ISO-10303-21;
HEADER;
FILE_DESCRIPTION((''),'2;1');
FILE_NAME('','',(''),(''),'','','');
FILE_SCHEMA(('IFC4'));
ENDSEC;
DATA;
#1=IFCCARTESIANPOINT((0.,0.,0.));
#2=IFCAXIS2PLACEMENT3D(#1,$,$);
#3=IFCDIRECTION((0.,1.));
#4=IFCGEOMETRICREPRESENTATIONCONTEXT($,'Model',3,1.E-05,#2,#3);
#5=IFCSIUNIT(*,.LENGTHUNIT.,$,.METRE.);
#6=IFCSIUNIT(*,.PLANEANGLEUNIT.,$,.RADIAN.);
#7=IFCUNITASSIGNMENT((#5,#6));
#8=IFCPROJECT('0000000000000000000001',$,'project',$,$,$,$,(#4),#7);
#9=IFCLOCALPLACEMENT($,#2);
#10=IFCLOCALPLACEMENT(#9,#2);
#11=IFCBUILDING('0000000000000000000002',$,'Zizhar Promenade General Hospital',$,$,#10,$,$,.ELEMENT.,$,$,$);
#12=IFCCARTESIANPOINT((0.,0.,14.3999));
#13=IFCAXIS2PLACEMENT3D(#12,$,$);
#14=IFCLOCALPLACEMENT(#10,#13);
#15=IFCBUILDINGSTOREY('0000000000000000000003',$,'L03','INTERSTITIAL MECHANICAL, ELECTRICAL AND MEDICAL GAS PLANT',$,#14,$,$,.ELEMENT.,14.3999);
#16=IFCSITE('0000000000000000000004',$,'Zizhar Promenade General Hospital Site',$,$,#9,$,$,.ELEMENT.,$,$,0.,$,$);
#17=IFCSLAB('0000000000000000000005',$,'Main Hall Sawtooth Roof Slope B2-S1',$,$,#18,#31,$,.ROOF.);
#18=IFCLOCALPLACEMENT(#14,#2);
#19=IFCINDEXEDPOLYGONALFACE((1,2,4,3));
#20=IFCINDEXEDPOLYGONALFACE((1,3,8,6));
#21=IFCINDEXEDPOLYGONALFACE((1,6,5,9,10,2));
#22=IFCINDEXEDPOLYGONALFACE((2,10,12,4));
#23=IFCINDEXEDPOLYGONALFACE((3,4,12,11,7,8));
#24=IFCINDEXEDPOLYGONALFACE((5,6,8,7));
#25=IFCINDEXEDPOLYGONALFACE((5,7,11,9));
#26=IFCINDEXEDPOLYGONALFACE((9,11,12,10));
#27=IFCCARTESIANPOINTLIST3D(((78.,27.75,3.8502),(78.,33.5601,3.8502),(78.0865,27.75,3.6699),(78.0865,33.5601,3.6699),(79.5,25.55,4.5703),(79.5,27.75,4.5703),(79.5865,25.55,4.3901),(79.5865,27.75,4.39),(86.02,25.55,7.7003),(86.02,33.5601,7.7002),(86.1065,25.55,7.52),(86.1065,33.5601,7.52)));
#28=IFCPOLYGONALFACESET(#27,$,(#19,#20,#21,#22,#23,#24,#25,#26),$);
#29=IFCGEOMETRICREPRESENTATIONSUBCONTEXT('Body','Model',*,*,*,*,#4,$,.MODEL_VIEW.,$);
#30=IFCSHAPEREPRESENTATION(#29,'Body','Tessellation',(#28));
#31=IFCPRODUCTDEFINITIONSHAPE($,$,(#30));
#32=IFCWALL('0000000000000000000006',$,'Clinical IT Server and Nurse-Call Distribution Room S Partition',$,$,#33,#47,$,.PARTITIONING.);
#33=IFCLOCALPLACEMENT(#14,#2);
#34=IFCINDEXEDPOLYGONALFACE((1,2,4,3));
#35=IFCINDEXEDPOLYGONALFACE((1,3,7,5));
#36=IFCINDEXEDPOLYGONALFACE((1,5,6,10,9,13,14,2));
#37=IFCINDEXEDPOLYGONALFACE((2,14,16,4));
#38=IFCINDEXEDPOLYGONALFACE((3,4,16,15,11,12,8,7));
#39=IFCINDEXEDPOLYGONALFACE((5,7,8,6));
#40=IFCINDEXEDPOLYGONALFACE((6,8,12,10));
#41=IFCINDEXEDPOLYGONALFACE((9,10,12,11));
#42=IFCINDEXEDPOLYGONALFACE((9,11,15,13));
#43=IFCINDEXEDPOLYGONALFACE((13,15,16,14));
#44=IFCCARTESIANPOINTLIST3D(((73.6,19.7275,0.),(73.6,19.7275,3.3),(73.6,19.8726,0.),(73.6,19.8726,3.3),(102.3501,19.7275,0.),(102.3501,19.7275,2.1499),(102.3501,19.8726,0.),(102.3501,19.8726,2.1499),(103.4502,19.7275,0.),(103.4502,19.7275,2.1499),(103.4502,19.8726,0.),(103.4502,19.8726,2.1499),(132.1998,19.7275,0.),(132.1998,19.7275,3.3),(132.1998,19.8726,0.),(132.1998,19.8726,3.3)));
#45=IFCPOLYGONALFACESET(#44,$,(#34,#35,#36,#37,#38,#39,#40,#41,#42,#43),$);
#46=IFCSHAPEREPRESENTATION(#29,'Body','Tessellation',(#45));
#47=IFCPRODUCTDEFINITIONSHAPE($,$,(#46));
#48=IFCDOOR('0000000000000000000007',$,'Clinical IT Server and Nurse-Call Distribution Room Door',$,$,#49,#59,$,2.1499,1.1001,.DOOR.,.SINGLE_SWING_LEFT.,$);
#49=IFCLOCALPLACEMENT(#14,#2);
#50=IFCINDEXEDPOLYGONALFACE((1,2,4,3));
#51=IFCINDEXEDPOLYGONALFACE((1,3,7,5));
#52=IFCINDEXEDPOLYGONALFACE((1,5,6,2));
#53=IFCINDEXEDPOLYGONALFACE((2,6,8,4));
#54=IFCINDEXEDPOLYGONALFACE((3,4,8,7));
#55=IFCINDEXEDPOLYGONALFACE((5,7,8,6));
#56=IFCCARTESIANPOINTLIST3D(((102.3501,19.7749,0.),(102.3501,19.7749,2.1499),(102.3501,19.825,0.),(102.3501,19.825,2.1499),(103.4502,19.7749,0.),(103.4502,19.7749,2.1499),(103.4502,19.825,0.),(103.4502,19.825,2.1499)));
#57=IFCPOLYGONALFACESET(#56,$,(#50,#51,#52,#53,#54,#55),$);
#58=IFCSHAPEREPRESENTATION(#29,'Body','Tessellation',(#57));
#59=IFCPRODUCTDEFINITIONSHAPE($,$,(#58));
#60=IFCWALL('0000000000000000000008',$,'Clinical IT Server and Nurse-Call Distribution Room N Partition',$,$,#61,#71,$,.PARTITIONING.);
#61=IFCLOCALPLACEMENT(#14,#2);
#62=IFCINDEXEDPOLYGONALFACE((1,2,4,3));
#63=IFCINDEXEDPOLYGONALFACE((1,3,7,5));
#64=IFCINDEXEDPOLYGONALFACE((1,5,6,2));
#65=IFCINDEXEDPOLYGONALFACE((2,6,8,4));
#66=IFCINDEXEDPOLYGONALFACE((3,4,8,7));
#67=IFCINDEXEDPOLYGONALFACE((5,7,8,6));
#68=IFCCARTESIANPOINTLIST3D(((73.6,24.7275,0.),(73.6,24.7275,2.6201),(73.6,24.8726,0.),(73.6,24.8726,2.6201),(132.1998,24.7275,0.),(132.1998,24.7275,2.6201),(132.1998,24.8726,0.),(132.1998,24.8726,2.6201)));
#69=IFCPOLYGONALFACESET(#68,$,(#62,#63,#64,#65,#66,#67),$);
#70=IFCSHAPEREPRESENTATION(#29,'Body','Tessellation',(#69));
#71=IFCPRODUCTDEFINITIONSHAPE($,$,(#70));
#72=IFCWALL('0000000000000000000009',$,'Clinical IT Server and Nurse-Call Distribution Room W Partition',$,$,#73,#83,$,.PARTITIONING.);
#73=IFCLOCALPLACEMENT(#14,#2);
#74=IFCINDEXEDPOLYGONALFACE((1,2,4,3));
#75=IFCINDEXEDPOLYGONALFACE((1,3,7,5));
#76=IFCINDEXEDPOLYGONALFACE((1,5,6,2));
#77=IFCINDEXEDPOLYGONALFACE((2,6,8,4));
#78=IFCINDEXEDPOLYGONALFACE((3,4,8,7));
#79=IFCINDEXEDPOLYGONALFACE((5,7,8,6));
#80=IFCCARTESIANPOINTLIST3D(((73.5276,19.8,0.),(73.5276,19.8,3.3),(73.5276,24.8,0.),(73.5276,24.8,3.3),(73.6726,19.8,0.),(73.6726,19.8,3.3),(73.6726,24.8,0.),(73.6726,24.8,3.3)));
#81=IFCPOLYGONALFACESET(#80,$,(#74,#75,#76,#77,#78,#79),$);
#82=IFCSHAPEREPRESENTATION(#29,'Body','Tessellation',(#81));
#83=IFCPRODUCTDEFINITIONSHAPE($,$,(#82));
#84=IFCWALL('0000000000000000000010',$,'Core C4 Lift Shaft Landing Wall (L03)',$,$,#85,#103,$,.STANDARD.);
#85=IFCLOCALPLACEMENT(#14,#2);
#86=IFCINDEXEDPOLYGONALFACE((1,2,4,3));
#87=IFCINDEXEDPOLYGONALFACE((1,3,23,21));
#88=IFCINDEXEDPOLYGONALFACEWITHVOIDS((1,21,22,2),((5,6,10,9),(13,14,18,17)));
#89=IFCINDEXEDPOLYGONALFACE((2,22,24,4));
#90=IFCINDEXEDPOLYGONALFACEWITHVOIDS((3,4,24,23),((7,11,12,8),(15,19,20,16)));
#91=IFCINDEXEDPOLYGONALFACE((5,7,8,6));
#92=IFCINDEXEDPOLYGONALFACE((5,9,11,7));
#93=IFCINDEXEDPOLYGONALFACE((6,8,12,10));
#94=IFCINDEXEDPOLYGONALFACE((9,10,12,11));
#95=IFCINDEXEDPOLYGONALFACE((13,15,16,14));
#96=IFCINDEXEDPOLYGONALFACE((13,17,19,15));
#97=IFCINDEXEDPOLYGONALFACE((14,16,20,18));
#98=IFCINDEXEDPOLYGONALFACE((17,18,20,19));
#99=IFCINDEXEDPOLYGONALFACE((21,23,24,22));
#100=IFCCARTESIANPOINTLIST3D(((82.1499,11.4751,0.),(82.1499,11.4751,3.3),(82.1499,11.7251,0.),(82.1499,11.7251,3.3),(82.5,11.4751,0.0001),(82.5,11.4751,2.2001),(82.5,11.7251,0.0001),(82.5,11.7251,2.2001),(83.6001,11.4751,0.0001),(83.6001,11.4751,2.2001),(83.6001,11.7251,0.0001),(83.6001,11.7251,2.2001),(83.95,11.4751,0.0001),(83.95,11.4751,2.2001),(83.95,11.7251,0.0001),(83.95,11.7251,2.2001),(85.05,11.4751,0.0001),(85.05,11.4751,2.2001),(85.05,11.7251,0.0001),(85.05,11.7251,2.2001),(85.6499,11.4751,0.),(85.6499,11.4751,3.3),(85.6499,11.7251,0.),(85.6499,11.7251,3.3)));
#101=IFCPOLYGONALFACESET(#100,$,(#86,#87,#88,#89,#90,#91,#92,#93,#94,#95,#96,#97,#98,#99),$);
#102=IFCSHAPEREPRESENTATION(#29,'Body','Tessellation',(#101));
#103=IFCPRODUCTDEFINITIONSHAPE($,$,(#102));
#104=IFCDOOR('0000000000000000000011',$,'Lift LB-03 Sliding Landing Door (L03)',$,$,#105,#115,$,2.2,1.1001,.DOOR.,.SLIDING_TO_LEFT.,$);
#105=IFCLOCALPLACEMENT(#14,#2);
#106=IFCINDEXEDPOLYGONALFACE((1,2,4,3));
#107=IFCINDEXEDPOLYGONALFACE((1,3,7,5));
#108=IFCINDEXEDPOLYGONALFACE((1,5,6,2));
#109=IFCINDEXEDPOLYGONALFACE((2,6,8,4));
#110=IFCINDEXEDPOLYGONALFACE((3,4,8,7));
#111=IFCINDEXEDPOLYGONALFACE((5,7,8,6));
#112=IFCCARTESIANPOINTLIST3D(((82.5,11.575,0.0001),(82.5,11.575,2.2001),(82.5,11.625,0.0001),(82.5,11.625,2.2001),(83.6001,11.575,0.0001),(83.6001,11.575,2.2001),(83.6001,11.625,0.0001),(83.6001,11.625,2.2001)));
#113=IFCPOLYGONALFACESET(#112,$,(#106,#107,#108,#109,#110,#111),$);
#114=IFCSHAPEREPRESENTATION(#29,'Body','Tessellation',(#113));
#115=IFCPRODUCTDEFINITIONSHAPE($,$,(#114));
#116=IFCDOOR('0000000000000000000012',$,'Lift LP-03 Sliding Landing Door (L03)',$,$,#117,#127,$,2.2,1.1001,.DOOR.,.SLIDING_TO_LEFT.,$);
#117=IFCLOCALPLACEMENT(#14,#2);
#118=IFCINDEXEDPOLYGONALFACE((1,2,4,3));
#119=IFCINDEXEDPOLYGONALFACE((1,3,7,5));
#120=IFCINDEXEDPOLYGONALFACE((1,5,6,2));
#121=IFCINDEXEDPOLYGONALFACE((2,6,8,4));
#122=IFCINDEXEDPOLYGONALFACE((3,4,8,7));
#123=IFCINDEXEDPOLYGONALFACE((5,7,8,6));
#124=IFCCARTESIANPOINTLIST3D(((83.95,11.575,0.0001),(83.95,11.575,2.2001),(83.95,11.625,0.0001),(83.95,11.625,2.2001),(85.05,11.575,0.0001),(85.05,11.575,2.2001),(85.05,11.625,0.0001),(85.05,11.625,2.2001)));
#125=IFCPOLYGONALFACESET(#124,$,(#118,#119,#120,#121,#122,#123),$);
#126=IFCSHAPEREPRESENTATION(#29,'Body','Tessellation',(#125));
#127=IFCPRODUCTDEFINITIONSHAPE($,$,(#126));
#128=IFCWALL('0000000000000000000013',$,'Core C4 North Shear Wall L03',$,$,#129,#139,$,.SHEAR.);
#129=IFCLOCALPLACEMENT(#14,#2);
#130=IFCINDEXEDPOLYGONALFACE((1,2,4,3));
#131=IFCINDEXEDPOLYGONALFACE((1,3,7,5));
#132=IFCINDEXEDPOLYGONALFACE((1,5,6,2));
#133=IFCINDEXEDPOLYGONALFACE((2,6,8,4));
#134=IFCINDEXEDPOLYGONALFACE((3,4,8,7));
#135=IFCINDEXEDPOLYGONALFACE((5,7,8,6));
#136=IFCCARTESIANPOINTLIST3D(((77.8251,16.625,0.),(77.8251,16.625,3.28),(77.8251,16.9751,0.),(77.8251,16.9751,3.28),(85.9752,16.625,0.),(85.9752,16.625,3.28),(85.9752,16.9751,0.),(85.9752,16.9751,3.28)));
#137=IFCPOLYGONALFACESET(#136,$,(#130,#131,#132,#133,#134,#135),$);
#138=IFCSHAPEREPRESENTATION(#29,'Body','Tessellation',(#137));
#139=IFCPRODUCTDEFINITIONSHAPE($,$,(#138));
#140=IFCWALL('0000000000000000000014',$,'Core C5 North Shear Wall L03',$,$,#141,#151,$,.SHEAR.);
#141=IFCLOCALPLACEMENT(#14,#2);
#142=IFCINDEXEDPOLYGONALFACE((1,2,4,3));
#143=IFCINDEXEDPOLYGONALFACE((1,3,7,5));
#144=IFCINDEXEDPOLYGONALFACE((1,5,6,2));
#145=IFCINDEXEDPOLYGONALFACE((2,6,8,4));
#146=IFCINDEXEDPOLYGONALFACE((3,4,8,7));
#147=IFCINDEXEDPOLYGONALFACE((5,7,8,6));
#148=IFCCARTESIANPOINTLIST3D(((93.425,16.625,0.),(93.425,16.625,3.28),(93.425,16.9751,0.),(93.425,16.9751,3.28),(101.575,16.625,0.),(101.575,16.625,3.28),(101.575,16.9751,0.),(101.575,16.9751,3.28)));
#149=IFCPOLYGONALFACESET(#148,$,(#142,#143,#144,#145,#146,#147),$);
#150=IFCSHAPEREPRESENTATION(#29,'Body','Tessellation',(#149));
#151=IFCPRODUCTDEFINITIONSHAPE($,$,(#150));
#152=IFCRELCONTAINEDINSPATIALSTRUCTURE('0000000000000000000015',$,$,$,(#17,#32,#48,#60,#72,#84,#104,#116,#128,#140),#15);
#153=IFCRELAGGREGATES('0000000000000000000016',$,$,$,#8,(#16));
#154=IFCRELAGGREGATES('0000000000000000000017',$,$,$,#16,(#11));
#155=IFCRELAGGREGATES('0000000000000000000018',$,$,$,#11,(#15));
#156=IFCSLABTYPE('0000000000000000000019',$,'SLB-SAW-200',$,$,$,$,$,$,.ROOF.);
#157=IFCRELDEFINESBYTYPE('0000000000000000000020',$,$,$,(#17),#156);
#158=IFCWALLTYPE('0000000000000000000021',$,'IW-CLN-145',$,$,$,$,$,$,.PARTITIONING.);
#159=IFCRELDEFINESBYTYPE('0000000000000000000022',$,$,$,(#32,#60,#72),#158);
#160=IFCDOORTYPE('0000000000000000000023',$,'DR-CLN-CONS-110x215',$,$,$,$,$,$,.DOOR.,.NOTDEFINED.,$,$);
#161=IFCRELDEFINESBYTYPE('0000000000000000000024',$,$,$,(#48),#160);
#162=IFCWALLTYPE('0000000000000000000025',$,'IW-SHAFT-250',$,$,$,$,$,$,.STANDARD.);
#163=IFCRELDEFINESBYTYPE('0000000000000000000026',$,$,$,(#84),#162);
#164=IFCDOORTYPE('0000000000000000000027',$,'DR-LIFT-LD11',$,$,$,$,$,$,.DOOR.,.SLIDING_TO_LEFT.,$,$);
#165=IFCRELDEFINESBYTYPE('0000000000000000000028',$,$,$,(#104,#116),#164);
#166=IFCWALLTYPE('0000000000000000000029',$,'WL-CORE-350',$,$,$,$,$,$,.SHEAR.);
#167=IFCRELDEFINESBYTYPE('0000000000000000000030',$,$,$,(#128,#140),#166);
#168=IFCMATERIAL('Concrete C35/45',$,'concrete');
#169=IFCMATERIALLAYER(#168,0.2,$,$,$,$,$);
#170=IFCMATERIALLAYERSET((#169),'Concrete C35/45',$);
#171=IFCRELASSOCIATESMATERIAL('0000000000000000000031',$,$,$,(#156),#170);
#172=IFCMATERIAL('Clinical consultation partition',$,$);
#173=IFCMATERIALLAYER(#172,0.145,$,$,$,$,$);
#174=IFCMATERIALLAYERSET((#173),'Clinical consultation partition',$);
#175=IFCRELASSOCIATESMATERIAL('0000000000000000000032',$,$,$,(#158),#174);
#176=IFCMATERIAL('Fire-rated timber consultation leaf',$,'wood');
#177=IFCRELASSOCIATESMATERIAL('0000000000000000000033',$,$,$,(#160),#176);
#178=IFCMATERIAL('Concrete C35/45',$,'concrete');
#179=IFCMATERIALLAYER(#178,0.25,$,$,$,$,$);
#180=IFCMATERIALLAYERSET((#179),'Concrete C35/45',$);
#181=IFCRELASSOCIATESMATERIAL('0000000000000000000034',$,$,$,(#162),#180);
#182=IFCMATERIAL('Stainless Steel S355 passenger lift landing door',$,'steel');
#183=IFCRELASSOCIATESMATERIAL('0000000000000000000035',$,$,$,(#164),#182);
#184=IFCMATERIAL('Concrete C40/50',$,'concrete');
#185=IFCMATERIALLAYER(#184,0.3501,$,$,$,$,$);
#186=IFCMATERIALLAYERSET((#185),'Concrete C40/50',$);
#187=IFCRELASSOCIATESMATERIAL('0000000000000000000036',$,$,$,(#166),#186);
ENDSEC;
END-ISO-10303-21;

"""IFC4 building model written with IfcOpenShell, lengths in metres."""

from ifc_helpers import new_model, si_unit, direction, frame, frame_2d, origin, place, context, subcontext, project, spatial, polyline, rectangle, outline, extrude, material, layer, layer_set, type_object, element, fill, save


model = new_model("IFC4")

# Units and contexts
model_context = context("Model", 3, precision=1e-05, world=origin(), true_north=direction((0.0, 1.0)))
body_context = subcontext(model_context, "Body", "Model", "MODEL_VIEW")
ifc_project = project(units=[si_unit("LENGTHUNIT", "METRE"), si_unit("PLANEANGLEUNIT", "RADIAN")], contexts=[model_context])

# Site, building, storey
site_placement = place(None, origin())
site = spatial("IfcSite", under=ifc_project, at=site_placement, Name="Zizhar Promenade General Hospital Site", CompositionType="ELEMENT", RefElevation=0.0)
building_placement = place(site_placement, origin())
building = spatial("IfcBuilding", under=site, at=building_placement, Name="Zizhar Promenade General Hospital", CompositionType="ELEMENT")
storey_placement = place(building_placement, frame((0.0, 0.0, 14.3999)))
storey = spatial("IfcBuildingStorey", under=building, at=storey_placement, Name="L03", Description="INTERSTITIAL MECHANICAL, ELECTRICAL AND MEDICAL GAS PLANT", CompositionType="ELEMENT", Elevation=14.3999)

# Slab
ifc_material_1 = material(Name="Concrete C35/45", Category="concrete")
ifc_layer_1 = layer(ifc_material_1, 0.2)
ifc_layer_set_1 = layer_set([ifc_layer_1], Name="Concrete C35/45")
slab_type = type_object("IfcSlabType", Name="SLB-SAW-200", PredefinedType="ROOF", material=ifc_layer_set_1)
slab_placement = place(storey_placement, frame((79.5, 25.55, 4.5703), z_axis=(-0.432772, 0.000007, 0.901503), x_axis=(0.901503, 0.0, 0.432772)))
element("IfcSlab", 1, at=slab_placement, inside=storey, type_object=slab_type, Name="Main Hall Sawtooth Roof Slope B2-S1", PredefinedType="ROOF", context=body_context, shape_type="SweptSolid", body=[
    extrude(outline(polyline([(0.0, 0.0), (7.2323, 0.0), (7.2323, 8.01), (-1.6639, 8.01), (-1.6639, 2.2), (0.0, 2.2), (0.0, 0.0)])), origin(), (0.0, 0.0, -1.0), 0.2),
])

# Wall, opening, door
ifc_material_2 = material(Name="Clinical consultation partition")
ifc_layer_2 = layer(ifc_material_2, 0.145)
ifc_layer_set_2 = layer_set([ifc_layer_2], Name="Clinical consultation partition")
wall_type_1 = type_object("IfcWallType", Name="IW-CLN-145", PredefinedType="PARTITIONING", material=ifc_layer_set_2)
wall_1_placement = place(storey_placement, frame((73.6001, 19.8, 0.0), z_axis=(0.0, 0.0, 1.0), x_axis=(1.0, 0.0, 0.0)))
wall_1 = element("IfcWall", 2, at=wall_1_placement, inside=storey, type_object=wall_type_1, Name="Clinical IT Server and Nurse-Call Distribution Room S Partition", PredefinedType="PARTITIONING", context=body_context, shape_type="SweptSolid", body=[
    extrude(rectangle(XDim=58.5999, YDim=0.145, at=frame_2d((29.2998, 0.0))), origin(), (0.0, 0.0, 1.0), 3.3),
])
opening_1_placement = place(wall_1_placement, frame((28.75, 0.0, 0.0)))
opening_1 = element("IfcOpeningElement", 3, at=opening_1_placement, cuts=wall_1, PredefinedType="OPENING", context=body_context, shape_type="SweptSolid", body=[
    extrude(rectangle(XDim=1.1001, YDim=2.1499, at=frame_2d((0.55, 1.075))), frame((0.0, 0.0825, 0.0), z_axis=(0.0, -1.0, 0.0), x_axis=(1.0, 0.0, 0.0)), (0.0, 0.0, 1.0), 0.165),
])
ifc_material_3 = material(Name="Fire-rated timber consultation leaf", Category="wood")
door_type_1 = type_object("IfcDoorType", Name="DR-CLN-CONS-110x215", OperationType="NOTDEFINED", PredefinedType="DOOR", material=ifc_material_3)
door_1_placement = place(opening_1_placement, origin())
door_1 = element("IfcDoor", 4, at=door_1_placement, inside=storey, type_object=door_type_1, Name="Clinical IT Server and Nurse-Call Distribution Room Door", OperationType="SINGLE_SWING_LEFT", OverallHeight=2.1499, OverallWidth=1.1001, PredefinedType="DOOR", context=body_context, shape_type="SweptSolid", body=[
    extrude(rectangle(XDim=1.1001, YDim=2.1499, at=frame_2d((0.55, 1.075))), frame((0.0, 0.0249, 0.0), z_axis=(0.0, -1.0, 0.0), x_axis=(1.0, 0.0, 0.0)), (0.0, 0.0, 1.0), 0.05),
])
fill(opening_1, door_1)

# Walls
wall_2_placement = place(storey_placement, frame((73.6001, 24.8, 0.0), z_axis=(0.0, 0.0, 1.0), x_axis=(1.0, 0.0, 0.0)))
element("IfcWall", 5, at=wall_2_placement, inside=storey, type_object=wall_type_1, Name="Clinical IT Server and Nurse-Call Distribution Room N Partition", PredefinedType="PARTITIONING", context=body_context, shape_type="SweptSolid", body=[
    extrude(rectangle(XDim=58.5999, YDim=0.145, at=frame_2d((29.2998, 0.0))), origin(), (0.0, 0.0, 1.0), 2.6201),
])
wall_3_placement = place(storey_placement, frame((73.6001, 19.8, 0.0), z_axis=(0.0, 0.0, 1.0), x_axis=(0.0, 1.0, 0.0)))
element("IfcWall", 6, at=wall_3_placement, inside=storey, type_object=wall_type_1, Name="Clinical IT Server and Nurse-Call Distribution Room W Partition", PredefinedType="PARTITIONING", context=body_context, shape_type="SweptSolid", body=[
    extrude(rectangle(XDim=5.0, YDim=0.145, at=frame_2d((2.5, 0.0))), origin(), (0.0, 0.0, 1.0), 3.3),
])

# Wall, openings, doors
ifc_material_4 = material(Name="Concrete C35/45", Category="concrete")
ifc_layer_3 = layer(ifc_material_4, 0.25)
ifc_layer_set_3 = layer_set([ifc_layer_3], Name="Concrete C35/45")
wall_type_2 = type_object("IfcWallType", Name="IW-SHAFT-250", PredefinedType="STANDARD", material=ifc_layer_set_3)
wall_4_placement = place(storey_placement, frame((82.1499, 11.6001, 0.0), z_axis=(0.0, 0.0, 1.0), x_axis=(1.0, 0.0, 0.0)))
wall_4 = element("IfcWall", 7, at=wall_4_placement, inside=storey, type_object=wall_type_2, Name="Core C4 Lift Shaft Landing Wall (L03)", PredefinedType="STANDARD", context=body_context, shape_type="SweptSolid", body=[
    extrude(rectangle(XDim=3.5, YDim=0.25, at=frame_2d((1.75, 0.0))), origin(), (0.0, 0.0, 1.0), 3.3),
])
opening_2_placement = place(wall_4_placement, frame((0.3501, 0.0, 0.0)))
opening_2 = element("IfcOpeningElement", 8, at=opening_2_placement, cuts=wall_4, PredefinedType="OPENING", context=body_context, shape_type="SweptSolid", body=[
    extrude(rectangle(XDim=1.1001, YDim=2.2, at=frame_2d((0.55, 1.1001))), frame((0.0, 0.135, 0.0), z_axis=(0.0, -1.0, 0.0), x_axis=(1.0, 0.0, 0.0)), (0.0, 0.0, 1.0), 0.27),
])
opening_3_placement = place(wall_4_placement, frame((1.8, 0.0, 0.0)))
opening_3 = element("IfcOpeningElement", 9, at=opening_3_placement, cuts=wall_4, PredefinedType="OPENING", context=body_context, shape_type="SweptSolid", body=[
    extrude(rectangle(XDim=1.1001, YDim=2.2, at=frame_2d((0.55, 1.1001))), frame((0.0, 0.135, 0.0), z_axis=(0.0, -1.0, 0.0), x_axis=(1.0, 0.0, 0.0)), (0.0, 0.0, 1.0), 0.27),
])
ifc_material_5 = material(Name="Stainless Steel S355 passenger lift landing door", Category="steel")
door_type_2 = type_object("IfcDoorType", Name="DR-LIFT-LD11", OperationType="SLIDING_TO_LEFT", PredefinedType="DOOR", material=ifc_material_5)
door_2_placement = place(opening_2_placement, origin())
door_2 = element("IfcDoor", 10, at=door_2_placement, inside=storey, type_object=door_type_2, Name="Lift LB-03 Sliding Landing Door (L03)", OperationType="SLIDING_TO_LEFT", OverallHeight=2.2, OverallWidth=1.1001, PredefinedType="DOOR", context=body_context, shape_type="SweptSolid", body=[
    extrude(rectangle(XDim=1.1001, YDim=2.2, at=frame_2d((0.55, 1.1001))), frame((0.0, 0.0249, 0.0), z_axis=(0.0, -1.0, 0.0), x_axis=(1.0, 0.0, 0.0)), (0.0, 0.0, 1.0), 0.05),
])
fill(opening_2, door_2)
door_3_placement = place(opening_3_placement, origin())
door_3 = element("IfcDoor", 11, at=door_3_placement, inside=storey, type_object=door_type_2, Name="Lift LP-03 Sliding Landing Door (L03)", OperationType="SLIDING_TO_LEFT", OverallHeight=2.2, OverallWidth=1.1001, PredefinedType="DOOR", context=body_context, shape_type="SweptSolid", body=[
    extrude(rectangle(XDim=1.1001, YDim=2.2, at=frame_2d((0.55, 1.1001))), frame((0.0, 0.0249, 0.0), z_axis=(0.0, -1.0, 0.0), x_axis=(1.0, 0.0, 0.0)), (0.0, 0.0, 1.0), 0.05),
])
fill(opening_3, door_3)

# Walls
ifc_material_6 = material(Name="Concrete C40/50", Category="concrete")
ifc_layer_4 = layer(ifc_material_6, 0.3501)
ifc_layer_set_4 = layer_set([ifc_layer_4], Name="Concrete C40/50")
wall_type_3 = type_object("IfcWallType", Name="WL-CORE-350", PredefinedType="SHEAR", material=ifc_layer_set_4)
wall_5_placement = place(storey_placement, frame((77.825, 16.8, 0.0), z_axis=(0.0, 0.0, 1.0), x_axis=(1.0, 0.0, 0.0)))
element("IfcWall", 12, at=wall_5_placement, inside=storey, type_object=wall_type_3, Name="Core C4 North Shear Wall L03", PredefinedType="SHEAR", context=body_context, shape_type="SweptSolid", body=[
    extrude(rectangle(XDim=8.1501, YDim=0.3501, at=frame_2d((4.0752, 0.0))), origin(), (0.0, 0.0, 1.0), 3.28),
])
wall_6_placement = place(storey_placement, frame((93.425, 16.8, 0.0), z_axis=(0.0, 0.0, 1.0), x_axis=(1.0, 0.0, 0.0)))
element("IfcWall", 13, at=wall_6_placement, inside=storey, type_object=wall_type_3, Name="Core C5 North Shear Wall L03", PredefinedType="SHEAR", context=body_context, shape_type="SweptSolid", body=[
    extrude(rectangle(XDim=8.1499, YDim=0.3501, at=frame_2d((4.075, 0.0))), origin(), (0.0, 0.0, 1.0), 3.28),
])

save(model, "model.ifc")
